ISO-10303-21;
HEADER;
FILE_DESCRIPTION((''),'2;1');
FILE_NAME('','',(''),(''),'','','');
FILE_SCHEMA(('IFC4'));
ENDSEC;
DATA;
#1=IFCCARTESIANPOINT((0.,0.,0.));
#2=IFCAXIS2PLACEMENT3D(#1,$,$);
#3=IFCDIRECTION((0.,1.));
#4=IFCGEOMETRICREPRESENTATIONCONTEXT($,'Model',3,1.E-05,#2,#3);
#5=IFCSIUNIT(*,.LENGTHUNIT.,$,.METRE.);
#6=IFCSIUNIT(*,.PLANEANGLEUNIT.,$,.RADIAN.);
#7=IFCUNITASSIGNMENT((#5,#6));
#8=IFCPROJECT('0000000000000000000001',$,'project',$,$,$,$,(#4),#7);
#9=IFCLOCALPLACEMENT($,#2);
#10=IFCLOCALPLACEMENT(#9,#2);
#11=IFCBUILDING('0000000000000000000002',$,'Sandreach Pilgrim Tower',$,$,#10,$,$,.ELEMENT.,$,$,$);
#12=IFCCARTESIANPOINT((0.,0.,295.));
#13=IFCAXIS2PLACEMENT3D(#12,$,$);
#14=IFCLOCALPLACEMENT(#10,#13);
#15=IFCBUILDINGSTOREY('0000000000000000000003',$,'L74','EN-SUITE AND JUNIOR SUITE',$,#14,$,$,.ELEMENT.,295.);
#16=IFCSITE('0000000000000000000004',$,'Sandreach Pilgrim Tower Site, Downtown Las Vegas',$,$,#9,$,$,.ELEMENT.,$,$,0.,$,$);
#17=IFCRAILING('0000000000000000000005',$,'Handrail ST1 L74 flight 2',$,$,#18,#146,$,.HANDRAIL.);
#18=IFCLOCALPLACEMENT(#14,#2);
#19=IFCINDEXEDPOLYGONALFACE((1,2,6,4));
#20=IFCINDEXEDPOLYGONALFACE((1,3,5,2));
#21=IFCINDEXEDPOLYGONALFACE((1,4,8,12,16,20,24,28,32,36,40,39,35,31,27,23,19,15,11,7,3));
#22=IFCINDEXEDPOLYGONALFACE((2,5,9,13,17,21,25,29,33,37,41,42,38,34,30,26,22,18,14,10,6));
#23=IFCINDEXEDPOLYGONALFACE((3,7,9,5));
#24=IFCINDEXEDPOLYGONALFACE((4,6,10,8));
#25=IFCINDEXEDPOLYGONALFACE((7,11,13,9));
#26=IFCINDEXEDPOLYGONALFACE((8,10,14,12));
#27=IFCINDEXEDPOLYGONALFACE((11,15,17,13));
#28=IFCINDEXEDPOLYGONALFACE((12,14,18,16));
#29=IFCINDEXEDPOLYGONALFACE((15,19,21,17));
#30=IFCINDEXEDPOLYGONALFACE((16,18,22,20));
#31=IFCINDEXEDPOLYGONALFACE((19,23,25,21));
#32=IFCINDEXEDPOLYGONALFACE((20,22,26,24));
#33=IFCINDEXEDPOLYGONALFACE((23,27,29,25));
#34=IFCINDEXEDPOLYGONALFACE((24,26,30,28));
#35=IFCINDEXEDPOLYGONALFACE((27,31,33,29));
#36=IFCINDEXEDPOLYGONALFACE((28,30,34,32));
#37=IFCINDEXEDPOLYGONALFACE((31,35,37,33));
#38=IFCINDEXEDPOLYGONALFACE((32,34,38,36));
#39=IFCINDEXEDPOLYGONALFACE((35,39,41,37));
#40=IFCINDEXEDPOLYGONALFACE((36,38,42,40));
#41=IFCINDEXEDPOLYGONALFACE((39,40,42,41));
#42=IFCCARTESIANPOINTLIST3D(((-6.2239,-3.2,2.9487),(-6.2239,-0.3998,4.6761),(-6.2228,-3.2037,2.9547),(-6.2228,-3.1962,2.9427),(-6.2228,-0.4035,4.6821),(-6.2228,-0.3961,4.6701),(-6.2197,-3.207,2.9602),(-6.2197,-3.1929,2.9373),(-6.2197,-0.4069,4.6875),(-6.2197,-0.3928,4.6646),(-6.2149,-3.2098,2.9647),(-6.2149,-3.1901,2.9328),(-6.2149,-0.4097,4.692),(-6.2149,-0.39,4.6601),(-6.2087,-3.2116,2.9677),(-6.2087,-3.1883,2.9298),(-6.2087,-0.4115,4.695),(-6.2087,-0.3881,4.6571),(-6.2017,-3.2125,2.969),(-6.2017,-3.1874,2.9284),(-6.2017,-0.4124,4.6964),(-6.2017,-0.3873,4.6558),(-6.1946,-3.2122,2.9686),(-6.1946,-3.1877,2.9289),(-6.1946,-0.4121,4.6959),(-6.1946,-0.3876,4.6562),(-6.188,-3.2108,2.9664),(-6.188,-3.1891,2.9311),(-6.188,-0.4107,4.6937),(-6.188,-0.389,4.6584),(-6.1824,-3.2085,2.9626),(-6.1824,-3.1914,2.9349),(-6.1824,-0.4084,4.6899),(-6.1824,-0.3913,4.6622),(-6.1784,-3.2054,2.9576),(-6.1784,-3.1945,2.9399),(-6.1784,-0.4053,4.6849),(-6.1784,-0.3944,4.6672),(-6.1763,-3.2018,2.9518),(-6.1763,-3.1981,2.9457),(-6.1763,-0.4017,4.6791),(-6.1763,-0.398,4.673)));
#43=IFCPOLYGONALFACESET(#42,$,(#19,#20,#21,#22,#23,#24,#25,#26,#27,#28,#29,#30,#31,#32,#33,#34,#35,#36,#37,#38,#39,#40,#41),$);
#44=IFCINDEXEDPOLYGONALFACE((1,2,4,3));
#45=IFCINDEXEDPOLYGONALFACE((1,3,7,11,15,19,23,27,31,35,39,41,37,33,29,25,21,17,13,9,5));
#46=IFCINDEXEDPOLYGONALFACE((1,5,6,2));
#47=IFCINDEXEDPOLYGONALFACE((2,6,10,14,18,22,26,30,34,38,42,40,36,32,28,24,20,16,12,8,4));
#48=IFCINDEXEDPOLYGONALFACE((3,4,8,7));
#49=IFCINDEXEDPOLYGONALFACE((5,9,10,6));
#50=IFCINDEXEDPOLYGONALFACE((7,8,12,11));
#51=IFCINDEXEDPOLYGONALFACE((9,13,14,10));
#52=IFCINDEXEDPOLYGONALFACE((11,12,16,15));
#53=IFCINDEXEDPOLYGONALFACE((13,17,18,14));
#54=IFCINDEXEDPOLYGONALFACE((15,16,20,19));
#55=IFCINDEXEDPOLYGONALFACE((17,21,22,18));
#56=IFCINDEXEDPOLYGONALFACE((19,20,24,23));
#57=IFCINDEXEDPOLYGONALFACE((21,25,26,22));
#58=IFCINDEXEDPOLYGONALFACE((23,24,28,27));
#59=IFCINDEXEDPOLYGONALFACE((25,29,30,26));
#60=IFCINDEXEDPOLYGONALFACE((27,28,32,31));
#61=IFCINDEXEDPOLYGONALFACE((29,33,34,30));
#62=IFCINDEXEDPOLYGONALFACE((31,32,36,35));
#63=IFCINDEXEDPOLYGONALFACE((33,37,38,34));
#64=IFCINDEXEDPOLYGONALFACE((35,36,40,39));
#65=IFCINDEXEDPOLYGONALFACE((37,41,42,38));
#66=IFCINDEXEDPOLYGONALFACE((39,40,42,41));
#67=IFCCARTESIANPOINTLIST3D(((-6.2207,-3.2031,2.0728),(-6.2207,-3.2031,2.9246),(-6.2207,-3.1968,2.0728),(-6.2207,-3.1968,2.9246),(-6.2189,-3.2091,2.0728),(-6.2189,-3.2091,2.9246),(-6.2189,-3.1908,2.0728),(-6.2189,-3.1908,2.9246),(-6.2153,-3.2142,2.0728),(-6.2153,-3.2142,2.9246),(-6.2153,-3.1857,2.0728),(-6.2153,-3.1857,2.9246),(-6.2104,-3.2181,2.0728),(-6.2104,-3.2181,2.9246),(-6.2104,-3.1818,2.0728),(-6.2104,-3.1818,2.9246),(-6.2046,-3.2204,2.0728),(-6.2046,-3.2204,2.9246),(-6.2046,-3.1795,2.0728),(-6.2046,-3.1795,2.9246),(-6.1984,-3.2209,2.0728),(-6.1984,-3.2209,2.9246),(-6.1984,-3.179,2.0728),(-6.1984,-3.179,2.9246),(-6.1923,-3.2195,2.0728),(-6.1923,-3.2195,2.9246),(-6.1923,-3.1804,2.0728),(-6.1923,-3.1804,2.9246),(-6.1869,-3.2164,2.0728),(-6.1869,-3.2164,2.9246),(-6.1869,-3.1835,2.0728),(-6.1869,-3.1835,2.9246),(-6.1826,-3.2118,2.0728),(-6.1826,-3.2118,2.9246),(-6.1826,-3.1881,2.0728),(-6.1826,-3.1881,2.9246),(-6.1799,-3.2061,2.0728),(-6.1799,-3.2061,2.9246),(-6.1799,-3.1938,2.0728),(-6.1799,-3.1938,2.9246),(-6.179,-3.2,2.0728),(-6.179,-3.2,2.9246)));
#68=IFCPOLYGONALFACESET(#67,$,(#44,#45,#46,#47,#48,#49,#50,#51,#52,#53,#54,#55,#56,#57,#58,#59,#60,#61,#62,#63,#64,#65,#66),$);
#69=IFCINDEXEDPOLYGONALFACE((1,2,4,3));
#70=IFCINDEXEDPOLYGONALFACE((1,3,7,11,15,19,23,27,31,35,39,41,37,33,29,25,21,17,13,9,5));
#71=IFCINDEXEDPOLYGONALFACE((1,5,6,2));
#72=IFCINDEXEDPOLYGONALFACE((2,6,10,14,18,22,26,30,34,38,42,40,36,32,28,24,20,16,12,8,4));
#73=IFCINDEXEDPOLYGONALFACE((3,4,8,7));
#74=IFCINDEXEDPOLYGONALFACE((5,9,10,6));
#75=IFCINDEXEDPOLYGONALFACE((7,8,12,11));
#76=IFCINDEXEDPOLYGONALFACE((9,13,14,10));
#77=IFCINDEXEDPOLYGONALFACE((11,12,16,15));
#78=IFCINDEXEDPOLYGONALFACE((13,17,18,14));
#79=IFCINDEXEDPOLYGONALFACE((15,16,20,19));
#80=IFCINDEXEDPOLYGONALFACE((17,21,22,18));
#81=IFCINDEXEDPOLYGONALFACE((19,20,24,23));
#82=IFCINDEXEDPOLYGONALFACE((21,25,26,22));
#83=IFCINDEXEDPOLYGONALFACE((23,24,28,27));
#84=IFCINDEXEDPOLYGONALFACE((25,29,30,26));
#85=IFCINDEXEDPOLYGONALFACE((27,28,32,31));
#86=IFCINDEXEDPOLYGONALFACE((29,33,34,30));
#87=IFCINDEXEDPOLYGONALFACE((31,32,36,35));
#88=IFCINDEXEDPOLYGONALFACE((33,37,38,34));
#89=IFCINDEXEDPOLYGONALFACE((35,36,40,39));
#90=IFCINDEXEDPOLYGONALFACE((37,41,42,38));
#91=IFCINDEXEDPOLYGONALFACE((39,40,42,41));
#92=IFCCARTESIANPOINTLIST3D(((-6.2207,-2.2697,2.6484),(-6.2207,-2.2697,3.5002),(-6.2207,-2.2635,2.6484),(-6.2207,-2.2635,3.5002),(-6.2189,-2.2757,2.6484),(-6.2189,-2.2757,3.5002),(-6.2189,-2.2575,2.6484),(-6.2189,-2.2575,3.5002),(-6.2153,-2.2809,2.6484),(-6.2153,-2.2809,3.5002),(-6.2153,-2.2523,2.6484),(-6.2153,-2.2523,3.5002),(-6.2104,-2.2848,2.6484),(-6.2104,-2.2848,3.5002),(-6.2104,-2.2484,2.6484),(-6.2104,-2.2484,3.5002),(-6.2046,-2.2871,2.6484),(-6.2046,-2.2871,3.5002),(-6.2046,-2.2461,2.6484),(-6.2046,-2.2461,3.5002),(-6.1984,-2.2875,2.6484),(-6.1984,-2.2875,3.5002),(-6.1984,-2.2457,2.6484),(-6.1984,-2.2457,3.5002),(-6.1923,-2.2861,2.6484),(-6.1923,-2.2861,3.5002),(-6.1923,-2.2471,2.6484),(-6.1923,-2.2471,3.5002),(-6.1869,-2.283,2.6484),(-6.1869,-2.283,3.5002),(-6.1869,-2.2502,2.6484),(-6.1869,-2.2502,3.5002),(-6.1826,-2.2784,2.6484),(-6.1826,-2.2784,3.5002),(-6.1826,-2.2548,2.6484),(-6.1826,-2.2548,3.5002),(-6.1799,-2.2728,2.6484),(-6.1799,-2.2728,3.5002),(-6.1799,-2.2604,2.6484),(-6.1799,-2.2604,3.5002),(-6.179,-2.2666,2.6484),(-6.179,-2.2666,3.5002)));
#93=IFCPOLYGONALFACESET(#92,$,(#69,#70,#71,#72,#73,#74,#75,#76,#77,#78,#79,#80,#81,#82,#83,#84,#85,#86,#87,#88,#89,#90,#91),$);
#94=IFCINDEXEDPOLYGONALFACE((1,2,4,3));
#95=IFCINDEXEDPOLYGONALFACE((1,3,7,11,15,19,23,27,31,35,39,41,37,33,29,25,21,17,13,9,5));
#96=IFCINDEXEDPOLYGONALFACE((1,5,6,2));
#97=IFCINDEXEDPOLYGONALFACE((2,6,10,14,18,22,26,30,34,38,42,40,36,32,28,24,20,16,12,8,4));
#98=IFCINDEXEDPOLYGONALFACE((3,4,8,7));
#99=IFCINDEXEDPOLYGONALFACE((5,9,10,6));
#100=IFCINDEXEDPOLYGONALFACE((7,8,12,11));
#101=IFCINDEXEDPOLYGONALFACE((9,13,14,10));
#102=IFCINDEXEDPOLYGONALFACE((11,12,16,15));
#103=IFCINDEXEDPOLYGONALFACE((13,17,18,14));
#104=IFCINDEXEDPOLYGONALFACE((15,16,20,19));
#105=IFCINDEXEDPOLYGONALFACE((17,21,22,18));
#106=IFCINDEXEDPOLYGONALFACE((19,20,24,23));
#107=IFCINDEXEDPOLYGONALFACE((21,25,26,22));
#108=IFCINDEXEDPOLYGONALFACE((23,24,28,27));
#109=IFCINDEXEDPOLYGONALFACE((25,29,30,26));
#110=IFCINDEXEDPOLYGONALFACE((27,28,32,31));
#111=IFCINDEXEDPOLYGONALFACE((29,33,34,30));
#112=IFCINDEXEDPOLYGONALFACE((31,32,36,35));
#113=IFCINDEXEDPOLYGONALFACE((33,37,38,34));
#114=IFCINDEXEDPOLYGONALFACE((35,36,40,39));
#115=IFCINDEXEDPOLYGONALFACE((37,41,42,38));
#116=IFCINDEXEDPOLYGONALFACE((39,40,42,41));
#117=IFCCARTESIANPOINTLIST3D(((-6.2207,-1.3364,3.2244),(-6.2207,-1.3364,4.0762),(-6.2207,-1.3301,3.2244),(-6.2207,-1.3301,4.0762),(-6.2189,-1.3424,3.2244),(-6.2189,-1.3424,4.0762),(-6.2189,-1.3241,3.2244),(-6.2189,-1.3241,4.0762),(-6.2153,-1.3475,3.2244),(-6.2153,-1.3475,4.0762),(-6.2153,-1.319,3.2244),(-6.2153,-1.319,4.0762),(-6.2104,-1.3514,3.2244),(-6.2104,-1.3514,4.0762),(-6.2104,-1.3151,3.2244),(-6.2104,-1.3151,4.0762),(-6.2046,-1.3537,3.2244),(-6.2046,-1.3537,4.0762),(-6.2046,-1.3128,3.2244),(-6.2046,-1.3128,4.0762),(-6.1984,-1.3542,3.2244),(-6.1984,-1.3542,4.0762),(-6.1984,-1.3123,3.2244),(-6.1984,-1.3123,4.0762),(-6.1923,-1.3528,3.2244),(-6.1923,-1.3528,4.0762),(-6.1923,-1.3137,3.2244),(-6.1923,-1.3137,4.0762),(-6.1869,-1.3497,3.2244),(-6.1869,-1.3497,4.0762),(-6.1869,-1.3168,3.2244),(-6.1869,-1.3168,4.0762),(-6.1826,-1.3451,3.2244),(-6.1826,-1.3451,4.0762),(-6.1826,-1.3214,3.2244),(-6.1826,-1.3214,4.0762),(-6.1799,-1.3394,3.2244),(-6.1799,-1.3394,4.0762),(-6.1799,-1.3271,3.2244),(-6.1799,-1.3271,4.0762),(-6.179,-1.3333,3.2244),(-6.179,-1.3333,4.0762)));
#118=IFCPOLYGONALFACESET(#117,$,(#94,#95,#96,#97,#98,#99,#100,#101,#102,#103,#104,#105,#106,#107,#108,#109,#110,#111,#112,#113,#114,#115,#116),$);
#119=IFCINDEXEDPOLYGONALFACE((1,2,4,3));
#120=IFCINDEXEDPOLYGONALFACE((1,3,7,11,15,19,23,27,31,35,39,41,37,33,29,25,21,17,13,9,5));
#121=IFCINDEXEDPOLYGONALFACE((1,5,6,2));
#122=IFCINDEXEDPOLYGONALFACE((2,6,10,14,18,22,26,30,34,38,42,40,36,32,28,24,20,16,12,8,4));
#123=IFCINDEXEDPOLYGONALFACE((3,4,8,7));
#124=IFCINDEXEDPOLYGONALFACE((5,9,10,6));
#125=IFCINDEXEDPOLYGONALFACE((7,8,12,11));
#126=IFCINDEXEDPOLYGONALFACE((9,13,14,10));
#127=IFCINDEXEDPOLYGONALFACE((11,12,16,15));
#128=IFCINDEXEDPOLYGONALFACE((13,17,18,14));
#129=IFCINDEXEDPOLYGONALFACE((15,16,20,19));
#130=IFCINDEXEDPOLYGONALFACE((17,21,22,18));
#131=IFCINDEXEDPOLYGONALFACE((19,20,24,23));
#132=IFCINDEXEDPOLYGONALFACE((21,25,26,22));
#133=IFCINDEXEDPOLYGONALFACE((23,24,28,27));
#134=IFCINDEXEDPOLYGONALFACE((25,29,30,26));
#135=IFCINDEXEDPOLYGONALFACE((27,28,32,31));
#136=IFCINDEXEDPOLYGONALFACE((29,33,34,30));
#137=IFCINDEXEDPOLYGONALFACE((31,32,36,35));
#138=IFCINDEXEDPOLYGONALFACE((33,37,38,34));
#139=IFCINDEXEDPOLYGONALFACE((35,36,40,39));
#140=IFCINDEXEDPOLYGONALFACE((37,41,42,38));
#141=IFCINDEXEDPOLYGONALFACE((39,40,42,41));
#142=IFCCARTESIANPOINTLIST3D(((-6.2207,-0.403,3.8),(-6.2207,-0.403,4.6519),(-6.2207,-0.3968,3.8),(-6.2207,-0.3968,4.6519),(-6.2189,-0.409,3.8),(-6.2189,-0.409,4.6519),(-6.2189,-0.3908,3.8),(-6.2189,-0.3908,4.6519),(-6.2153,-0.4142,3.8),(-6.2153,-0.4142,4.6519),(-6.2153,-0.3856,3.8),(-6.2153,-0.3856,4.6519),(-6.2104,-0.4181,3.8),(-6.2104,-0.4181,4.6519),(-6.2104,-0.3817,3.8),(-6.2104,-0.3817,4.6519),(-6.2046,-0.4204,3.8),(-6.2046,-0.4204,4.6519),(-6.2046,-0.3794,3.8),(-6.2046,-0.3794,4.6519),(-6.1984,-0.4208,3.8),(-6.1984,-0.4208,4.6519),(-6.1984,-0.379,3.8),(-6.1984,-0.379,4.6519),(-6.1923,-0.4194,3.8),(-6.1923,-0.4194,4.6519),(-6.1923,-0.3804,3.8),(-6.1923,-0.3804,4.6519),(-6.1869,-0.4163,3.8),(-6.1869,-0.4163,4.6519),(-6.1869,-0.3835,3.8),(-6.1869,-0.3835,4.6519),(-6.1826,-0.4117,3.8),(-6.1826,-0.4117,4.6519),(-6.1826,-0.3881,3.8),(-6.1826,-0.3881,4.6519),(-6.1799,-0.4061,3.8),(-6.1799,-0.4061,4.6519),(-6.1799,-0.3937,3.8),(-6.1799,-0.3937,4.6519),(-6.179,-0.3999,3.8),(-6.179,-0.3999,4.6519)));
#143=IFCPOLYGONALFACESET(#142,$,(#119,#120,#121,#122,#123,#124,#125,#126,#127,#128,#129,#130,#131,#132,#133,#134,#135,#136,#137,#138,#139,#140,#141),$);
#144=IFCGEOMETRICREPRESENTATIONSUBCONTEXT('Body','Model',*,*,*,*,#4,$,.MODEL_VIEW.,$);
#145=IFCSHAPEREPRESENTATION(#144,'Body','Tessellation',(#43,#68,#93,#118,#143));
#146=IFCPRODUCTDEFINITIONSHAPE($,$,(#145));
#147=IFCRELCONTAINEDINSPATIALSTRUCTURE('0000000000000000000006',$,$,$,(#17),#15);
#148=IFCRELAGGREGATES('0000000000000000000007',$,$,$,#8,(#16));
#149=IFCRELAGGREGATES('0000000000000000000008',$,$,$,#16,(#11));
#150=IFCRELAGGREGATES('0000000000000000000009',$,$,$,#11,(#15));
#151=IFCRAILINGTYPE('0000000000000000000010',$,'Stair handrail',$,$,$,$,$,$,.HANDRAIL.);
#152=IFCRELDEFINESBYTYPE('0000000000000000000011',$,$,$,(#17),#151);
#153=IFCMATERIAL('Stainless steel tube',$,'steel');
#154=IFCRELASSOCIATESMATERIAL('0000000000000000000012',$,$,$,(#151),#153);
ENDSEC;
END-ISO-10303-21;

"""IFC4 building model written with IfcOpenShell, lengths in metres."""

from ifc_helpers import new_model, si_unit, direction, frame, origin, origin_2d, place, context, subcontext, project, spatial, circle, extrude, material, type_object, element, save


model = new_model("IFC4")

# Units and contexts
model_context = context("Model", 3, precision=1e-05, world=origin(), true_north=direction((0.0, 1.0)))
body_context = subcontext(model_context, "Body", "Model", "MODEL_VIEW")
ifc_project = project(units=[si_unit("LENGTHUNIT", "METRE"), si_unit("PLANEANGLEUNIT", "RADIAN")], contexts=[model_context])

# Site, building, storey
site_placement = place(None, origin())
site = spatial("IfcSite", under=ifc_project, at=site_placement, Name="Sandreach Pilgrim Tower Site, Downtown Las Vegas", CompositionType="ELEMENT", RefElevation=0.0)
building_placement = place(site_placement, origin())
building = spatial("IfcBuilding", under=site, at=building_placement, Name="Sandreach Pilgrim Tower", CompositionType="ELEMENT")
storey_placement = place(building_placement, frame((0.0, 0.0, 295.0)))
storey = spatial("IfcBuildingStorey", under=building, at=storey_placement, Name="L74", Description="EN-SUITE AND JUNIOR SUITE", CompositionType="ELEMENT", Elevation=295.0)

# Railing
ifc_material_1 = material(Name="Stainless steel tube", Category="steel")
railing_type = type_object("IfcRailingType", Name="Stair handrail", PredefinedType="HANDRAIL", material=ifc_material_1)
for number, where, name in (
    (1, (-6.2, -3.2, 2.0728), "Handrail ST1 L74 flight 2"),
):
    element("IfcRailing", number, at=place(storey_placement, frame(where)), inside=storey, type_object=railing_type, Name=name, PredefinedType="HANDRAIL", context=body_context, shape_type="SweptSolid", body=[
        extrude(circle(Radius=0.0239, at=origin_2d()), frame((0.0, 0.0, 0.876), z_axis=(0.0, 0.85109, 0.52502), x_axis=(-1.0, 0.0, 0.0)), (0.0, 0.0, 1.0), 3.29),
        extrude(circle(Radius=0.021, at=origin_2d()), origin(), (0.0, 0.0, 1.0), 0.8518),
        extrude(circle(Radius=0.021, at=origin_2d()), frame((0.0, 0.9333, 0.5757)), (0.0, 0.0, 1.0), 0.8518),
        extrude(circle(Radius=0.021, at=origin_2d()), frame((0.0, 1.8667, 1.1516)), (0.0, 0.0, 1.0), 0.8518),
        extrude(circle(Radius=0.021, at=origin_2d()), frame((0.0, 2.8, 1.7273)), (0.0, 0.0, 1.0), 0.8518),
    ])

save(model, "model.ifc")
